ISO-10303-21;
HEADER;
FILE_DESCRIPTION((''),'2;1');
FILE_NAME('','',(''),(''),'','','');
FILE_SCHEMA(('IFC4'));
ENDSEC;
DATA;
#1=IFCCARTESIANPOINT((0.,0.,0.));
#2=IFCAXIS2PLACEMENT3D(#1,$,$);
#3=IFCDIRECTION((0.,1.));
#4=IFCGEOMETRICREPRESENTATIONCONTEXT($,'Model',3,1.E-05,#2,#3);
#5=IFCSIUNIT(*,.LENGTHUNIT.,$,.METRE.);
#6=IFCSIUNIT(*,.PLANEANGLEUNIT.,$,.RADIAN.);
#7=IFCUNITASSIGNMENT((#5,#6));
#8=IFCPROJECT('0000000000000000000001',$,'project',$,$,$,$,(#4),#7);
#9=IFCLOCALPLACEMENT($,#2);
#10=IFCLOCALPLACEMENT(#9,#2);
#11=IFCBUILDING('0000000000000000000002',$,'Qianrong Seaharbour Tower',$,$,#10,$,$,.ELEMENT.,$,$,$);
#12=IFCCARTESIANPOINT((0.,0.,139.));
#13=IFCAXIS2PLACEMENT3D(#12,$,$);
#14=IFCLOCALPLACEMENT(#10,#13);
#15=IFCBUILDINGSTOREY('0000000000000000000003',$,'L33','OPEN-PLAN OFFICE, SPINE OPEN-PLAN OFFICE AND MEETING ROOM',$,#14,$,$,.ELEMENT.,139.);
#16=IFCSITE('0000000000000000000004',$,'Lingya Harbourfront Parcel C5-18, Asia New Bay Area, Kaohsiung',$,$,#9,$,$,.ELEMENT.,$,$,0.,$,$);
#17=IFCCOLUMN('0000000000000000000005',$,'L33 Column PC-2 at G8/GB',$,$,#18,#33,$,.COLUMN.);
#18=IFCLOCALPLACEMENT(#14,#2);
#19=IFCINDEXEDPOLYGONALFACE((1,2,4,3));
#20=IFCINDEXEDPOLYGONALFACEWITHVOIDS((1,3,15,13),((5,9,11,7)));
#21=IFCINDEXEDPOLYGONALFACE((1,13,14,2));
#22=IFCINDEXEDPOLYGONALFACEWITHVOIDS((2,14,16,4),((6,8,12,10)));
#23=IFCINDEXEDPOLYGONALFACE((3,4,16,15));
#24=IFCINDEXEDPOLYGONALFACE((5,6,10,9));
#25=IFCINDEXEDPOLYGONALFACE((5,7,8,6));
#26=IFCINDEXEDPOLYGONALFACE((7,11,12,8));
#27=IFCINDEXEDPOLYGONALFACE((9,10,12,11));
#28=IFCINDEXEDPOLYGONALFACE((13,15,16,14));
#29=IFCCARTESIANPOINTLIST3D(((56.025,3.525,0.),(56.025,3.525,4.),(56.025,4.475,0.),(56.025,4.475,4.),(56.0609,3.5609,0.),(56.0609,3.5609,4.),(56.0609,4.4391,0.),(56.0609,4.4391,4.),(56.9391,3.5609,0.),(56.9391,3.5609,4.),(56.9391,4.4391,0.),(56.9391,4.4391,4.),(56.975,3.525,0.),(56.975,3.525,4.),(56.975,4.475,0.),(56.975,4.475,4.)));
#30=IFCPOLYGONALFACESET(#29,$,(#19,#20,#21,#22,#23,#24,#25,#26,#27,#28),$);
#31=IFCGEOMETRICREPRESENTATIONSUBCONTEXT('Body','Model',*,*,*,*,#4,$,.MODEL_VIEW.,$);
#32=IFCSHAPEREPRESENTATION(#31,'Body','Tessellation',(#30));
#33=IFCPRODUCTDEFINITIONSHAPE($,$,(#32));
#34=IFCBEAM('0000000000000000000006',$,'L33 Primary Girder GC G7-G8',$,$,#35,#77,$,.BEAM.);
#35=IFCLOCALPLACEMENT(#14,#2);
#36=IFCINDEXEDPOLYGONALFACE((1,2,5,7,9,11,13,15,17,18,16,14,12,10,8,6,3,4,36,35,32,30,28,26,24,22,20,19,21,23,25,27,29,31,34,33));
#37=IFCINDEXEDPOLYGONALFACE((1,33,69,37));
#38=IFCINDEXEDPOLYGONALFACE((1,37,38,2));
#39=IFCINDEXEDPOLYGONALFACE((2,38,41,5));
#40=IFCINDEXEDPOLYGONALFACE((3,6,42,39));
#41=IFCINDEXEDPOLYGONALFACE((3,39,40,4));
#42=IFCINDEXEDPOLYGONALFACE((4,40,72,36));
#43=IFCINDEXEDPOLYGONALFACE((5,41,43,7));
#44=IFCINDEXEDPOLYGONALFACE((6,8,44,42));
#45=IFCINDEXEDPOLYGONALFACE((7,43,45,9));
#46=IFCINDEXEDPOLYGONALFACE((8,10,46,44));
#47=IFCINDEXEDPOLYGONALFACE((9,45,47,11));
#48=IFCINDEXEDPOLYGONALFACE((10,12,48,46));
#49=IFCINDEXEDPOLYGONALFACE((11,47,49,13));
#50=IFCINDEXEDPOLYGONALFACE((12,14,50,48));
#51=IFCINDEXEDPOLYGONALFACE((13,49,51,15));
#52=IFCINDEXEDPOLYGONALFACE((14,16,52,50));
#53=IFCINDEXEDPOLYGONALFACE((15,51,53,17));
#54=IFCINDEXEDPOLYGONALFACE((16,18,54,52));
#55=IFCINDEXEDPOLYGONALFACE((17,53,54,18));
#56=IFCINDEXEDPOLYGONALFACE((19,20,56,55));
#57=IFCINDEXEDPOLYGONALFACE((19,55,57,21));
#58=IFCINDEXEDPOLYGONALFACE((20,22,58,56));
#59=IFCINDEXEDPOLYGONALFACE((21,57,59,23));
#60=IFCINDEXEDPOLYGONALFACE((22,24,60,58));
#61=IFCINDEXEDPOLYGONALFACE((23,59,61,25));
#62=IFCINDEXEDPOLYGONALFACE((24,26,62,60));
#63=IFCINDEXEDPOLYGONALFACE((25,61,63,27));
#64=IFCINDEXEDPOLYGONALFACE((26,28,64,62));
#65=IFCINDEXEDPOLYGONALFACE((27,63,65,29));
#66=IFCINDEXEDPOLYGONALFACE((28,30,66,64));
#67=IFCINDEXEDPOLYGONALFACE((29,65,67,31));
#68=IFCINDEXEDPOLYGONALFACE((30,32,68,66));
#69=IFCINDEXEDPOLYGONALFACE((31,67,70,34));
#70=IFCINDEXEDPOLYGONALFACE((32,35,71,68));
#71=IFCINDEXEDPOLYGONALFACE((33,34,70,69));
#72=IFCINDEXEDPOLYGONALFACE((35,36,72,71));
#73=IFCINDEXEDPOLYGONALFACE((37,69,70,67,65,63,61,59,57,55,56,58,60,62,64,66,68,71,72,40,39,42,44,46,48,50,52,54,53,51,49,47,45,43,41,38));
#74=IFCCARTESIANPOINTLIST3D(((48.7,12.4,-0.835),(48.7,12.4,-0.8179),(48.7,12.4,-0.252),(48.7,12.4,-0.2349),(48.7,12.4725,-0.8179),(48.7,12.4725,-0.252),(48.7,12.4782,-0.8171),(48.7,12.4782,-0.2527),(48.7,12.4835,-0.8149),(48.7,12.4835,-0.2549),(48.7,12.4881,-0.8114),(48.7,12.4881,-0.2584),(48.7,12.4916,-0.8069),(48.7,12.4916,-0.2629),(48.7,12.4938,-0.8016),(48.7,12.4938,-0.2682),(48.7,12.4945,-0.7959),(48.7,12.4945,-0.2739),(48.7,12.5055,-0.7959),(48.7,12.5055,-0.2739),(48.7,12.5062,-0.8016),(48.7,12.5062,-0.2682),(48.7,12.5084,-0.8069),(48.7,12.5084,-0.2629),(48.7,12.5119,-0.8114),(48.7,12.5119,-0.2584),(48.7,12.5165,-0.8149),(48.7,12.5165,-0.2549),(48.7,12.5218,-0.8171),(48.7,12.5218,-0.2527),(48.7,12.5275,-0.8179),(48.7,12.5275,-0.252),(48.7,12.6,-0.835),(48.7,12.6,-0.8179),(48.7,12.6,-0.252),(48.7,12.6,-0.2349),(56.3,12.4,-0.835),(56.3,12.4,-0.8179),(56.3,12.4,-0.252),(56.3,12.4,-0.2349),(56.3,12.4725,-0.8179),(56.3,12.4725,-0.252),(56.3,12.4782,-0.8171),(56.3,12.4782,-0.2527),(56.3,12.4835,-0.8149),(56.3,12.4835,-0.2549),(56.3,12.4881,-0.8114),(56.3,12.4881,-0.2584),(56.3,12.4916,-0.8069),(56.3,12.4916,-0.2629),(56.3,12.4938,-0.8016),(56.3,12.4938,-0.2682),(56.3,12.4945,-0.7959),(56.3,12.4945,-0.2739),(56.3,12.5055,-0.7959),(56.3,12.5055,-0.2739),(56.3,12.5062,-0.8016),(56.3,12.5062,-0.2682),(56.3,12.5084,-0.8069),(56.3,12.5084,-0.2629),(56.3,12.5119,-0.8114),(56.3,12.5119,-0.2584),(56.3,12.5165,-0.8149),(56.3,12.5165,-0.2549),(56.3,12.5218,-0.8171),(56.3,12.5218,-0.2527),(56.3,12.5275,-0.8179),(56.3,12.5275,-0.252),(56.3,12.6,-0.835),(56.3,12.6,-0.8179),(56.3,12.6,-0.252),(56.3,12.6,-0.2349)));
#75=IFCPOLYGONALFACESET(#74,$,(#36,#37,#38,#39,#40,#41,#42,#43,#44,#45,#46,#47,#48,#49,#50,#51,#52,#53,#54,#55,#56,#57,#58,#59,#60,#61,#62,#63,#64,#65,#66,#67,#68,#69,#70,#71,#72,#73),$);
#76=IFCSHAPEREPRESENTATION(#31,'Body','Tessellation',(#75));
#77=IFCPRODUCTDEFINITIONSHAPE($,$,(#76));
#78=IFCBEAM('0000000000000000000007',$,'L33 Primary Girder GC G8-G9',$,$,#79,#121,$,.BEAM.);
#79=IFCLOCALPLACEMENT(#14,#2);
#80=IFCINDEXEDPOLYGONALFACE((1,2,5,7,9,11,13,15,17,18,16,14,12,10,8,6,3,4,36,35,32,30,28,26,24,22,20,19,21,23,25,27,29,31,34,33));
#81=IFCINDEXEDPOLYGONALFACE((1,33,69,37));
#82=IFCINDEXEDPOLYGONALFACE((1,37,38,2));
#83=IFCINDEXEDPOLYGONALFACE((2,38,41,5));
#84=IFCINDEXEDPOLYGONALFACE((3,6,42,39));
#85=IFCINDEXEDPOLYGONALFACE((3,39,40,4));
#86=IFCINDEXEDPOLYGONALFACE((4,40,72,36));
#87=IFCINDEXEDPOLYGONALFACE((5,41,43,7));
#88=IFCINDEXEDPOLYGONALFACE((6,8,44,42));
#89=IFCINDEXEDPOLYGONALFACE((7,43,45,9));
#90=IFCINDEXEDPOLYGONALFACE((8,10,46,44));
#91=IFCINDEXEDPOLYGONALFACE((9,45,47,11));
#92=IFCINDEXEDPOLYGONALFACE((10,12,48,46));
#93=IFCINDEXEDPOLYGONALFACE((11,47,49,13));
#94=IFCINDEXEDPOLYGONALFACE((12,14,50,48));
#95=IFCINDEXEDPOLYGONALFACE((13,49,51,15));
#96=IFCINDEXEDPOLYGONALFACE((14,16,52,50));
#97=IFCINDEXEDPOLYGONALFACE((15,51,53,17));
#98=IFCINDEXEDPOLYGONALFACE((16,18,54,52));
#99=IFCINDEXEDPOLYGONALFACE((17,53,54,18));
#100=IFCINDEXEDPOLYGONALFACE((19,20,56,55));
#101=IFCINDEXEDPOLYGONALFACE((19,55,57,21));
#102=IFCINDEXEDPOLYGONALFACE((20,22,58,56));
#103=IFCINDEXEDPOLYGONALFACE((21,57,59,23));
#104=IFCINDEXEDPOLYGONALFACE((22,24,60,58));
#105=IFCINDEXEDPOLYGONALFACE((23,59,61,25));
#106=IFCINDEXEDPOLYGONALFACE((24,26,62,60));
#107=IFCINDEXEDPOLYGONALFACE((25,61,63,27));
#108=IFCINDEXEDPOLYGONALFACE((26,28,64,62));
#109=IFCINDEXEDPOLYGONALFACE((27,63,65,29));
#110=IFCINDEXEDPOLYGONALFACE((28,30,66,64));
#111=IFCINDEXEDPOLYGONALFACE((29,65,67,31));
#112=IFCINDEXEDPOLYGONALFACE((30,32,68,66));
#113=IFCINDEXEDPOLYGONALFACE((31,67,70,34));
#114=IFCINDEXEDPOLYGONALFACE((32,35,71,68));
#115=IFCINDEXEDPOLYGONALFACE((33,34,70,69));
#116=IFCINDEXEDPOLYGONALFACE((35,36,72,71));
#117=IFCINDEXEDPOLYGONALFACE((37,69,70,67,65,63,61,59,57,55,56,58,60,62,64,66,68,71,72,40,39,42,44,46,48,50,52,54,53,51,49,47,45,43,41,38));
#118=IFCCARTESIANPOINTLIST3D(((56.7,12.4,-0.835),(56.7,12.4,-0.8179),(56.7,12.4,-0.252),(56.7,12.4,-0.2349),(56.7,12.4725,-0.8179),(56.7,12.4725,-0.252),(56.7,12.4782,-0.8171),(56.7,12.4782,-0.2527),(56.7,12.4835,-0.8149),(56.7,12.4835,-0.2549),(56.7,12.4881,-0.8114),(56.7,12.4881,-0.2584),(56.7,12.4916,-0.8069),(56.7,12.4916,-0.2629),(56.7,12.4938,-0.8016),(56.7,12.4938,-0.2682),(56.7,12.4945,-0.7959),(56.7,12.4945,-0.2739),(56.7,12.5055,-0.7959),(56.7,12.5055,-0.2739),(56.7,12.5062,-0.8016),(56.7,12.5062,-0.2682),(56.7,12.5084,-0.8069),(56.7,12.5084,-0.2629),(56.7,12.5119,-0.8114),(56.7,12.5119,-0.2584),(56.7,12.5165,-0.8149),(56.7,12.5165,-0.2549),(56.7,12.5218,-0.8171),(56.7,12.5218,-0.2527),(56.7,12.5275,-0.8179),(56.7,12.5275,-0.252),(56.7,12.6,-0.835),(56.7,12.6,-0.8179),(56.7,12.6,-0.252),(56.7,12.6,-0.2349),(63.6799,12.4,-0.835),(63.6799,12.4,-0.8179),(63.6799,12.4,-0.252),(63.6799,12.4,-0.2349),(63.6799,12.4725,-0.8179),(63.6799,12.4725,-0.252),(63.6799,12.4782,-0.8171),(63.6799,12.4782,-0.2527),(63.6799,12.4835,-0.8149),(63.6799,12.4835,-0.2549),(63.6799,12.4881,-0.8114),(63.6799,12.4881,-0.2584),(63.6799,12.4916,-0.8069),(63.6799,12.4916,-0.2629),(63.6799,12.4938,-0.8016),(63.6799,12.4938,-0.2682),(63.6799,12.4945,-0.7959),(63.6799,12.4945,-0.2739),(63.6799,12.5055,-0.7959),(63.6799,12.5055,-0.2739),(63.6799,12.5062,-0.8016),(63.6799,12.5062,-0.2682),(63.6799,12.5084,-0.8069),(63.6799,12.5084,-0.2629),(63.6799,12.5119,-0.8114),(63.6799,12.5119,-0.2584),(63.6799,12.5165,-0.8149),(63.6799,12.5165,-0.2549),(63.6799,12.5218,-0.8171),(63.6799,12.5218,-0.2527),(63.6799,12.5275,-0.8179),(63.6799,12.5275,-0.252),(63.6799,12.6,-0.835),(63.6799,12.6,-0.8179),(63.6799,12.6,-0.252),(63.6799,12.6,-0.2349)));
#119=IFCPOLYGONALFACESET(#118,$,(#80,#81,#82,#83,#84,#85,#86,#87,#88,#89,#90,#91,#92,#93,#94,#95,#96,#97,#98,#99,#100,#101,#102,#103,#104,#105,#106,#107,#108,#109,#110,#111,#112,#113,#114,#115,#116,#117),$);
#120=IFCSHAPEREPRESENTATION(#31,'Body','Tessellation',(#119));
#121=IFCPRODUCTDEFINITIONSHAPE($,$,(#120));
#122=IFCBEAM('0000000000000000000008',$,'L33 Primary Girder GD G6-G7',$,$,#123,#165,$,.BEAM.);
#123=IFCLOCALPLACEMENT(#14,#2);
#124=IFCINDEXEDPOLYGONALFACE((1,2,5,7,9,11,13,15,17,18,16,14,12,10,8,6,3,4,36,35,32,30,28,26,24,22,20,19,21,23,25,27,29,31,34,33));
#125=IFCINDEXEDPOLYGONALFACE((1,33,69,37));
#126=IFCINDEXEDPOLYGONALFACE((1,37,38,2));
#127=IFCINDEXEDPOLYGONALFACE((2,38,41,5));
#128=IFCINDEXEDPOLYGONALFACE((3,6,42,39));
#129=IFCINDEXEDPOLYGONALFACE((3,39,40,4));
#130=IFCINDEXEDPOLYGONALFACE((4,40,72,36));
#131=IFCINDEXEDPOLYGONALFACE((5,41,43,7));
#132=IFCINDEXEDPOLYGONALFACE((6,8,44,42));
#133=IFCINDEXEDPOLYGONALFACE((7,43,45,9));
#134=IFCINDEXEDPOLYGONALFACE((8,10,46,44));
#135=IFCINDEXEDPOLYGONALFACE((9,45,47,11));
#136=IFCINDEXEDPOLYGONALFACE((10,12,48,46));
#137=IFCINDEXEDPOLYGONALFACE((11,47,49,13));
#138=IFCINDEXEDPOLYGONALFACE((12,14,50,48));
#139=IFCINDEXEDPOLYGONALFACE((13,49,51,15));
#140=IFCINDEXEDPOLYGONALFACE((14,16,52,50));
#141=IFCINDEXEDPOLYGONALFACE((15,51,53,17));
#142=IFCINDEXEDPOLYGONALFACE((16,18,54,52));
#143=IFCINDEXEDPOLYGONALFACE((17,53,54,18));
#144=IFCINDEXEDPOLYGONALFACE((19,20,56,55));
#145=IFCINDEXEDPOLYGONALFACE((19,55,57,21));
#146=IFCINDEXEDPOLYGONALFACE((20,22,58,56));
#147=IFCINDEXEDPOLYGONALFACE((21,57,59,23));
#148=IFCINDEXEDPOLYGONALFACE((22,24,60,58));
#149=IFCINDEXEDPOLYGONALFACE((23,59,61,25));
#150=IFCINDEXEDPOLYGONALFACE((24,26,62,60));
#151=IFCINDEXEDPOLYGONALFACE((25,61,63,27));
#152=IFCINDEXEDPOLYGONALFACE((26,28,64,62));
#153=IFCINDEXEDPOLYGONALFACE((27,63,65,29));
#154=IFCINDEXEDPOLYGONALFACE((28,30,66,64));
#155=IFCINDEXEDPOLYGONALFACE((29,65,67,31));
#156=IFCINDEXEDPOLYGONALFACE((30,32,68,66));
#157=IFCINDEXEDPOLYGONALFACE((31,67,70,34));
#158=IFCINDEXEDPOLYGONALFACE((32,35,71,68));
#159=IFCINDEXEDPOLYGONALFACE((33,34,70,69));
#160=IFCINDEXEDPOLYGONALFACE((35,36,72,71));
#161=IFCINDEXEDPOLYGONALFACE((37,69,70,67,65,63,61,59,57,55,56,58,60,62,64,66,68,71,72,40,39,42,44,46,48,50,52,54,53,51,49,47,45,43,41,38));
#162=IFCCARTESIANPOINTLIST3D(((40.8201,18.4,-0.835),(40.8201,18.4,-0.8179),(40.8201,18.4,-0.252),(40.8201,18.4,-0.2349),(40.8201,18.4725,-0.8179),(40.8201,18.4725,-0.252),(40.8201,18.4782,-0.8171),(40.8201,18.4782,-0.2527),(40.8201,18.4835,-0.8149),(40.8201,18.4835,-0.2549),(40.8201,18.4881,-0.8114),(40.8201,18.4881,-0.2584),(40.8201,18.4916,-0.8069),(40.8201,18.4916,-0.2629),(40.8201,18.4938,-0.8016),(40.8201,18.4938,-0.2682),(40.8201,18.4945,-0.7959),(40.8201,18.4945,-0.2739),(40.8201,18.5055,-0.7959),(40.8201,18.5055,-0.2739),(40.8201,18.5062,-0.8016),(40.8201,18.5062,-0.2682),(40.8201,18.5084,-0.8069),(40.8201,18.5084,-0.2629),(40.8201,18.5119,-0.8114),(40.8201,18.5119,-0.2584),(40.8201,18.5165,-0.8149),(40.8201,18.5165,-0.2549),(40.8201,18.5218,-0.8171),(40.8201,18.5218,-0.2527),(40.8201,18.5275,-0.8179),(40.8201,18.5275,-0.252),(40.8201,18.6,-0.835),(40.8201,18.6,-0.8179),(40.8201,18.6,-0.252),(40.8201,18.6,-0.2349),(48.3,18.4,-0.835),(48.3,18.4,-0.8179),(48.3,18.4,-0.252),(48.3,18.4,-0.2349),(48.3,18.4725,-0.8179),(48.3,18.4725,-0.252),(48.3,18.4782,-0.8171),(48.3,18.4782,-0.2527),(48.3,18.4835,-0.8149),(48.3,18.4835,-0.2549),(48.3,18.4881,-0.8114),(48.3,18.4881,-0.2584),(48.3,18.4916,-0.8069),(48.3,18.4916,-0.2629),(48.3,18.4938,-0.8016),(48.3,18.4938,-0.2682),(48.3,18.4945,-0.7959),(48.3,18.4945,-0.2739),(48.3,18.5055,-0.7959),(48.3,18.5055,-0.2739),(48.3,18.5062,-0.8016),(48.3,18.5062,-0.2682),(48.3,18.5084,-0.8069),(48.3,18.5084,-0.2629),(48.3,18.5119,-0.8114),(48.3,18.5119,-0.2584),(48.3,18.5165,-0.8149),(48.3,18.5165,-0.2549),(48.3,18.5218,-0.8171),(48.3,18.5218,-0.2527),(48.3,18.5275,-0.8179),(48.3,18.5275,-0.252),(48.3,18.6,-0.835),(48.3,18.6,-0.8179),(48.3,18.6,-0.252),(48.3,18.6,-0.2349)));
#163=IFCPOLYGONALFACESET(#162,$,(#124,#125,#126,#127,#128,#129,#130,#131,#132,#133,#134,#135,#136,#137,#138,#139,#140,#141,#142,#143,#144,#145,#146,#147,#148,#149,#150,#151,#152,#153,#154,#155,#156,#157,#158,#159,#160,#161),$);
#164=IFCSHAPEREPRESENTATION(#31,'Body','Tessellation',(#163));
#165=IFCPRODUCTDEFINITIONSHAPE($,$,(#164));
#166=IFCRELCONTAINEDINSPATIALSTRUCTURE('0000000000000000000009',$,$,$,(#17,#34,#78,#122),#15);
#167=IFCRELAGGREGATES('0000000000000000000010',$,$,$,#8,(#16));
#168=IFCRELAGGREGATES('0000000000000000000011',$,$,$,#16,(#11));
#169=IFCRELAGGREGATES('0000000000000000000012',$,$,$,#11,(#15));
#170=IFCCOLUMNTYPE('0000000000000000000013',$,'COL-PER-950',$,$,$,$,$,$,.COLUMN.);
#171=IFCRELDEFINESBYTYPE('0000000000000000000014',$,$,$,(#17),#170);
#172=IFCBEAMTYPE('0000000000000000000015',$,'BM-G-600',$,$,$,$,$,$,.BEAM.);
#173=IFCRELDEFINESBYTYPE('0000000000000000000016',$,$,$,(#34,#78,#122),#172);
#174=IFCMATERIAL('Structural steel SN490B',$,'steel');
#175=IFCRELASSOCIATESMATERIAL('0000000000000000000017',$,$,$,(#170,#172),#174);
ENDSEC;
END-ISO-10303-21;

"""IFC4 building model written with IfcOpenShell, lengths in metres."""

from ifc_helpers import new_model, si_unit, direction, frame, origin, origin_2d, place, context, subcontext, project, spatial, hollow_rectangle, i_section, extrude, material, material_profile, profile_set, type_object, element, save


model = new_model("IFC4")

# Units and contexts
model_context = context("Model", 3, precision=1e-05, world=origin(), true_north=direction((0.0, 1.0)))
body_context = subcontext(model_context, "Body", "Model", "MODEL_VIEW")
ifc_project = project(units=[si_unit("LENGTHUNIT", "METRE"), si_unit("PLANEANGLEUNIT", "RADIAN")], contexts=[model_context])

# Site, building, storey
site_placement = place(None, origin())
site = spatial("IfcSite", under=ifc_project, at=site_placement, Name="Lingya Harbourfront Parcel C5-18, Asia New Bay Area, Kaohsiung", CompositionType="ELEMENT", RefElevation=0.0)
building_placement = place(site_placement, origin())
building = spatial("IfcBuilding", under=site, at=building_placement, Name="Qianrong Seaharbour Tower", CompositionType="ELEMENT")
storey_placement = place(building_placement, frame((0.0, 0.0, 139.0)))
storey = spatial("IfcBuildingStorey", under=building, at=storey_placement, Name="L33", Description="OPEN-PLAN OFFICE, SPINE OPEN-PLAN OFFICE AND MEETING ROOM", CompositionType="ELEMENT", Elevation=139.0)

# Column
ifc_material_1 = material(Name="Structural steel SN490B", Category="steel")
ifc_material_profile_1 = material_profile(ifc_material_1, hollow_rectangle(XDim=0.95, YDim=0.95, WallThickness=0.0359, at=origin_2d()), Name="BOX950x950x36")
ifc_profile_set_1 = profile_set([ifc_material_profile_1], Name="Structural steel SN490B")
column_type_1 = type_object("IfcColumnType", Name="COL-PER-950", PredefinedType="COLUMN", material=ifc_profile_set_1)
for number, where, z_axis, x_axis, name in (
    (1, (56.5, 4.0, 0.0), (0.0, 0.0, 1.0), (1.0, 0.0, 0.0), "L33 Column PC-2 at G8/GB"),
):
    element("IfcColumn", number, at=place(storey_placement, frame(where, z_axis=z_axis, x_axis=x_axis)), inside=storey, type_object=column_type_1, Name=name, PredefinedType="COLUMN", context=body_context, shape_type="SweptSolid", body=[
        extrude(hollow_rectangle(XDim=0.95, YDim=0.95, WallThickness=0.0359, at=origin_2d()), origin(), (0.0, 0.0, 1.0), 4.0),
    ])

# Beams
ifc_material_profile_2 = material_profile(ifc_material_1, i_section(OverallWidth=0.2, OverallDepth=0.6001, WebThickness=0.011, FlangeThickness=0.0171, FilletRadius=0.022, at=origin_2d()), Name="H600x200x11x17")
ifc_profile_set_2 = profile_set([ifc_material_profile_2], Name="Structural steel SN490B")
beam_type_1 = type_object("IfcBeamType", Name="BM-G-600", PredefinedType="BEAM", material=ifc_profile_set_2)
beam_1_placement = place(storey_placement, frame((48.7, 12.5, -0.5349), z_axis=(1.0, 0.0, 0.0), x_axis=(0.0, 1.0, 0.0)))
element("IfcBeam", 2, at=beam_1_placement, inside=storey, type_object=beam_type_1, Name="L33 Primary Girder GC G7-G8", PredefinedType="BEAM", context=body_context, shape_type="SweptSolid", body=[
    extrude(i_section(OverallWidth=0.2, OverallDepth=0.6001, WebThickness=0.011, FlangeThickness=0.0171, FilletRadius=0.022, at=origin_2d()), origin(), (0.0, 0.0, 1.0), 7.6001),
])
beam_2_placement = place(storey_placement, frame((56.7, 12.5, -0.5349), z_axis=(1.0, 0.0, 0.0), x_axis=(0.0, 1.0, 0.0)))
element("IfcBeam", 3, at=beam_2_placement, inside=storey, type_object=beam_type_1, Name="L33 Primary Girder GC G8-G9", PredefinedType="BEAM", context=body_context, shape_type="SweptSolid", body=[
    extrude(i_section(OverallWidth=0.2, OverallDepth=0.6001, WebThickness=0.011, FlangeThickness=0.0171, FilletRadius=0.022, at=origin_2d()), origin(), (0.0, 0.0, 1.0), 6.98),
])
beam_3_placement = place(storey_placement, frame((40.8201, 18.5, -0.5349), z_axis=(1.0, 0.0, 0.0), x_axis=(0.0, 1.0, 0.0)))
element("IfcBeam", 4, at=beam_3_placement, inside=storey, type_object=beam_type_1, Name="L33 Primary Girder GD G6-G7", PredefinedType="BEAM", context=body_context, shape_type="SweptSolid", body=[
    extrude(i_section(OverallWidth=0.2, OverallDepth=0.6001, WebThickness=0.011, FlangeThickness=0.0171, FilletRadius=0.022, at=origin_2d()), origin(), (0.0, 0.0, 1.0), 7.48),
])

save(model, "model.ifc")
